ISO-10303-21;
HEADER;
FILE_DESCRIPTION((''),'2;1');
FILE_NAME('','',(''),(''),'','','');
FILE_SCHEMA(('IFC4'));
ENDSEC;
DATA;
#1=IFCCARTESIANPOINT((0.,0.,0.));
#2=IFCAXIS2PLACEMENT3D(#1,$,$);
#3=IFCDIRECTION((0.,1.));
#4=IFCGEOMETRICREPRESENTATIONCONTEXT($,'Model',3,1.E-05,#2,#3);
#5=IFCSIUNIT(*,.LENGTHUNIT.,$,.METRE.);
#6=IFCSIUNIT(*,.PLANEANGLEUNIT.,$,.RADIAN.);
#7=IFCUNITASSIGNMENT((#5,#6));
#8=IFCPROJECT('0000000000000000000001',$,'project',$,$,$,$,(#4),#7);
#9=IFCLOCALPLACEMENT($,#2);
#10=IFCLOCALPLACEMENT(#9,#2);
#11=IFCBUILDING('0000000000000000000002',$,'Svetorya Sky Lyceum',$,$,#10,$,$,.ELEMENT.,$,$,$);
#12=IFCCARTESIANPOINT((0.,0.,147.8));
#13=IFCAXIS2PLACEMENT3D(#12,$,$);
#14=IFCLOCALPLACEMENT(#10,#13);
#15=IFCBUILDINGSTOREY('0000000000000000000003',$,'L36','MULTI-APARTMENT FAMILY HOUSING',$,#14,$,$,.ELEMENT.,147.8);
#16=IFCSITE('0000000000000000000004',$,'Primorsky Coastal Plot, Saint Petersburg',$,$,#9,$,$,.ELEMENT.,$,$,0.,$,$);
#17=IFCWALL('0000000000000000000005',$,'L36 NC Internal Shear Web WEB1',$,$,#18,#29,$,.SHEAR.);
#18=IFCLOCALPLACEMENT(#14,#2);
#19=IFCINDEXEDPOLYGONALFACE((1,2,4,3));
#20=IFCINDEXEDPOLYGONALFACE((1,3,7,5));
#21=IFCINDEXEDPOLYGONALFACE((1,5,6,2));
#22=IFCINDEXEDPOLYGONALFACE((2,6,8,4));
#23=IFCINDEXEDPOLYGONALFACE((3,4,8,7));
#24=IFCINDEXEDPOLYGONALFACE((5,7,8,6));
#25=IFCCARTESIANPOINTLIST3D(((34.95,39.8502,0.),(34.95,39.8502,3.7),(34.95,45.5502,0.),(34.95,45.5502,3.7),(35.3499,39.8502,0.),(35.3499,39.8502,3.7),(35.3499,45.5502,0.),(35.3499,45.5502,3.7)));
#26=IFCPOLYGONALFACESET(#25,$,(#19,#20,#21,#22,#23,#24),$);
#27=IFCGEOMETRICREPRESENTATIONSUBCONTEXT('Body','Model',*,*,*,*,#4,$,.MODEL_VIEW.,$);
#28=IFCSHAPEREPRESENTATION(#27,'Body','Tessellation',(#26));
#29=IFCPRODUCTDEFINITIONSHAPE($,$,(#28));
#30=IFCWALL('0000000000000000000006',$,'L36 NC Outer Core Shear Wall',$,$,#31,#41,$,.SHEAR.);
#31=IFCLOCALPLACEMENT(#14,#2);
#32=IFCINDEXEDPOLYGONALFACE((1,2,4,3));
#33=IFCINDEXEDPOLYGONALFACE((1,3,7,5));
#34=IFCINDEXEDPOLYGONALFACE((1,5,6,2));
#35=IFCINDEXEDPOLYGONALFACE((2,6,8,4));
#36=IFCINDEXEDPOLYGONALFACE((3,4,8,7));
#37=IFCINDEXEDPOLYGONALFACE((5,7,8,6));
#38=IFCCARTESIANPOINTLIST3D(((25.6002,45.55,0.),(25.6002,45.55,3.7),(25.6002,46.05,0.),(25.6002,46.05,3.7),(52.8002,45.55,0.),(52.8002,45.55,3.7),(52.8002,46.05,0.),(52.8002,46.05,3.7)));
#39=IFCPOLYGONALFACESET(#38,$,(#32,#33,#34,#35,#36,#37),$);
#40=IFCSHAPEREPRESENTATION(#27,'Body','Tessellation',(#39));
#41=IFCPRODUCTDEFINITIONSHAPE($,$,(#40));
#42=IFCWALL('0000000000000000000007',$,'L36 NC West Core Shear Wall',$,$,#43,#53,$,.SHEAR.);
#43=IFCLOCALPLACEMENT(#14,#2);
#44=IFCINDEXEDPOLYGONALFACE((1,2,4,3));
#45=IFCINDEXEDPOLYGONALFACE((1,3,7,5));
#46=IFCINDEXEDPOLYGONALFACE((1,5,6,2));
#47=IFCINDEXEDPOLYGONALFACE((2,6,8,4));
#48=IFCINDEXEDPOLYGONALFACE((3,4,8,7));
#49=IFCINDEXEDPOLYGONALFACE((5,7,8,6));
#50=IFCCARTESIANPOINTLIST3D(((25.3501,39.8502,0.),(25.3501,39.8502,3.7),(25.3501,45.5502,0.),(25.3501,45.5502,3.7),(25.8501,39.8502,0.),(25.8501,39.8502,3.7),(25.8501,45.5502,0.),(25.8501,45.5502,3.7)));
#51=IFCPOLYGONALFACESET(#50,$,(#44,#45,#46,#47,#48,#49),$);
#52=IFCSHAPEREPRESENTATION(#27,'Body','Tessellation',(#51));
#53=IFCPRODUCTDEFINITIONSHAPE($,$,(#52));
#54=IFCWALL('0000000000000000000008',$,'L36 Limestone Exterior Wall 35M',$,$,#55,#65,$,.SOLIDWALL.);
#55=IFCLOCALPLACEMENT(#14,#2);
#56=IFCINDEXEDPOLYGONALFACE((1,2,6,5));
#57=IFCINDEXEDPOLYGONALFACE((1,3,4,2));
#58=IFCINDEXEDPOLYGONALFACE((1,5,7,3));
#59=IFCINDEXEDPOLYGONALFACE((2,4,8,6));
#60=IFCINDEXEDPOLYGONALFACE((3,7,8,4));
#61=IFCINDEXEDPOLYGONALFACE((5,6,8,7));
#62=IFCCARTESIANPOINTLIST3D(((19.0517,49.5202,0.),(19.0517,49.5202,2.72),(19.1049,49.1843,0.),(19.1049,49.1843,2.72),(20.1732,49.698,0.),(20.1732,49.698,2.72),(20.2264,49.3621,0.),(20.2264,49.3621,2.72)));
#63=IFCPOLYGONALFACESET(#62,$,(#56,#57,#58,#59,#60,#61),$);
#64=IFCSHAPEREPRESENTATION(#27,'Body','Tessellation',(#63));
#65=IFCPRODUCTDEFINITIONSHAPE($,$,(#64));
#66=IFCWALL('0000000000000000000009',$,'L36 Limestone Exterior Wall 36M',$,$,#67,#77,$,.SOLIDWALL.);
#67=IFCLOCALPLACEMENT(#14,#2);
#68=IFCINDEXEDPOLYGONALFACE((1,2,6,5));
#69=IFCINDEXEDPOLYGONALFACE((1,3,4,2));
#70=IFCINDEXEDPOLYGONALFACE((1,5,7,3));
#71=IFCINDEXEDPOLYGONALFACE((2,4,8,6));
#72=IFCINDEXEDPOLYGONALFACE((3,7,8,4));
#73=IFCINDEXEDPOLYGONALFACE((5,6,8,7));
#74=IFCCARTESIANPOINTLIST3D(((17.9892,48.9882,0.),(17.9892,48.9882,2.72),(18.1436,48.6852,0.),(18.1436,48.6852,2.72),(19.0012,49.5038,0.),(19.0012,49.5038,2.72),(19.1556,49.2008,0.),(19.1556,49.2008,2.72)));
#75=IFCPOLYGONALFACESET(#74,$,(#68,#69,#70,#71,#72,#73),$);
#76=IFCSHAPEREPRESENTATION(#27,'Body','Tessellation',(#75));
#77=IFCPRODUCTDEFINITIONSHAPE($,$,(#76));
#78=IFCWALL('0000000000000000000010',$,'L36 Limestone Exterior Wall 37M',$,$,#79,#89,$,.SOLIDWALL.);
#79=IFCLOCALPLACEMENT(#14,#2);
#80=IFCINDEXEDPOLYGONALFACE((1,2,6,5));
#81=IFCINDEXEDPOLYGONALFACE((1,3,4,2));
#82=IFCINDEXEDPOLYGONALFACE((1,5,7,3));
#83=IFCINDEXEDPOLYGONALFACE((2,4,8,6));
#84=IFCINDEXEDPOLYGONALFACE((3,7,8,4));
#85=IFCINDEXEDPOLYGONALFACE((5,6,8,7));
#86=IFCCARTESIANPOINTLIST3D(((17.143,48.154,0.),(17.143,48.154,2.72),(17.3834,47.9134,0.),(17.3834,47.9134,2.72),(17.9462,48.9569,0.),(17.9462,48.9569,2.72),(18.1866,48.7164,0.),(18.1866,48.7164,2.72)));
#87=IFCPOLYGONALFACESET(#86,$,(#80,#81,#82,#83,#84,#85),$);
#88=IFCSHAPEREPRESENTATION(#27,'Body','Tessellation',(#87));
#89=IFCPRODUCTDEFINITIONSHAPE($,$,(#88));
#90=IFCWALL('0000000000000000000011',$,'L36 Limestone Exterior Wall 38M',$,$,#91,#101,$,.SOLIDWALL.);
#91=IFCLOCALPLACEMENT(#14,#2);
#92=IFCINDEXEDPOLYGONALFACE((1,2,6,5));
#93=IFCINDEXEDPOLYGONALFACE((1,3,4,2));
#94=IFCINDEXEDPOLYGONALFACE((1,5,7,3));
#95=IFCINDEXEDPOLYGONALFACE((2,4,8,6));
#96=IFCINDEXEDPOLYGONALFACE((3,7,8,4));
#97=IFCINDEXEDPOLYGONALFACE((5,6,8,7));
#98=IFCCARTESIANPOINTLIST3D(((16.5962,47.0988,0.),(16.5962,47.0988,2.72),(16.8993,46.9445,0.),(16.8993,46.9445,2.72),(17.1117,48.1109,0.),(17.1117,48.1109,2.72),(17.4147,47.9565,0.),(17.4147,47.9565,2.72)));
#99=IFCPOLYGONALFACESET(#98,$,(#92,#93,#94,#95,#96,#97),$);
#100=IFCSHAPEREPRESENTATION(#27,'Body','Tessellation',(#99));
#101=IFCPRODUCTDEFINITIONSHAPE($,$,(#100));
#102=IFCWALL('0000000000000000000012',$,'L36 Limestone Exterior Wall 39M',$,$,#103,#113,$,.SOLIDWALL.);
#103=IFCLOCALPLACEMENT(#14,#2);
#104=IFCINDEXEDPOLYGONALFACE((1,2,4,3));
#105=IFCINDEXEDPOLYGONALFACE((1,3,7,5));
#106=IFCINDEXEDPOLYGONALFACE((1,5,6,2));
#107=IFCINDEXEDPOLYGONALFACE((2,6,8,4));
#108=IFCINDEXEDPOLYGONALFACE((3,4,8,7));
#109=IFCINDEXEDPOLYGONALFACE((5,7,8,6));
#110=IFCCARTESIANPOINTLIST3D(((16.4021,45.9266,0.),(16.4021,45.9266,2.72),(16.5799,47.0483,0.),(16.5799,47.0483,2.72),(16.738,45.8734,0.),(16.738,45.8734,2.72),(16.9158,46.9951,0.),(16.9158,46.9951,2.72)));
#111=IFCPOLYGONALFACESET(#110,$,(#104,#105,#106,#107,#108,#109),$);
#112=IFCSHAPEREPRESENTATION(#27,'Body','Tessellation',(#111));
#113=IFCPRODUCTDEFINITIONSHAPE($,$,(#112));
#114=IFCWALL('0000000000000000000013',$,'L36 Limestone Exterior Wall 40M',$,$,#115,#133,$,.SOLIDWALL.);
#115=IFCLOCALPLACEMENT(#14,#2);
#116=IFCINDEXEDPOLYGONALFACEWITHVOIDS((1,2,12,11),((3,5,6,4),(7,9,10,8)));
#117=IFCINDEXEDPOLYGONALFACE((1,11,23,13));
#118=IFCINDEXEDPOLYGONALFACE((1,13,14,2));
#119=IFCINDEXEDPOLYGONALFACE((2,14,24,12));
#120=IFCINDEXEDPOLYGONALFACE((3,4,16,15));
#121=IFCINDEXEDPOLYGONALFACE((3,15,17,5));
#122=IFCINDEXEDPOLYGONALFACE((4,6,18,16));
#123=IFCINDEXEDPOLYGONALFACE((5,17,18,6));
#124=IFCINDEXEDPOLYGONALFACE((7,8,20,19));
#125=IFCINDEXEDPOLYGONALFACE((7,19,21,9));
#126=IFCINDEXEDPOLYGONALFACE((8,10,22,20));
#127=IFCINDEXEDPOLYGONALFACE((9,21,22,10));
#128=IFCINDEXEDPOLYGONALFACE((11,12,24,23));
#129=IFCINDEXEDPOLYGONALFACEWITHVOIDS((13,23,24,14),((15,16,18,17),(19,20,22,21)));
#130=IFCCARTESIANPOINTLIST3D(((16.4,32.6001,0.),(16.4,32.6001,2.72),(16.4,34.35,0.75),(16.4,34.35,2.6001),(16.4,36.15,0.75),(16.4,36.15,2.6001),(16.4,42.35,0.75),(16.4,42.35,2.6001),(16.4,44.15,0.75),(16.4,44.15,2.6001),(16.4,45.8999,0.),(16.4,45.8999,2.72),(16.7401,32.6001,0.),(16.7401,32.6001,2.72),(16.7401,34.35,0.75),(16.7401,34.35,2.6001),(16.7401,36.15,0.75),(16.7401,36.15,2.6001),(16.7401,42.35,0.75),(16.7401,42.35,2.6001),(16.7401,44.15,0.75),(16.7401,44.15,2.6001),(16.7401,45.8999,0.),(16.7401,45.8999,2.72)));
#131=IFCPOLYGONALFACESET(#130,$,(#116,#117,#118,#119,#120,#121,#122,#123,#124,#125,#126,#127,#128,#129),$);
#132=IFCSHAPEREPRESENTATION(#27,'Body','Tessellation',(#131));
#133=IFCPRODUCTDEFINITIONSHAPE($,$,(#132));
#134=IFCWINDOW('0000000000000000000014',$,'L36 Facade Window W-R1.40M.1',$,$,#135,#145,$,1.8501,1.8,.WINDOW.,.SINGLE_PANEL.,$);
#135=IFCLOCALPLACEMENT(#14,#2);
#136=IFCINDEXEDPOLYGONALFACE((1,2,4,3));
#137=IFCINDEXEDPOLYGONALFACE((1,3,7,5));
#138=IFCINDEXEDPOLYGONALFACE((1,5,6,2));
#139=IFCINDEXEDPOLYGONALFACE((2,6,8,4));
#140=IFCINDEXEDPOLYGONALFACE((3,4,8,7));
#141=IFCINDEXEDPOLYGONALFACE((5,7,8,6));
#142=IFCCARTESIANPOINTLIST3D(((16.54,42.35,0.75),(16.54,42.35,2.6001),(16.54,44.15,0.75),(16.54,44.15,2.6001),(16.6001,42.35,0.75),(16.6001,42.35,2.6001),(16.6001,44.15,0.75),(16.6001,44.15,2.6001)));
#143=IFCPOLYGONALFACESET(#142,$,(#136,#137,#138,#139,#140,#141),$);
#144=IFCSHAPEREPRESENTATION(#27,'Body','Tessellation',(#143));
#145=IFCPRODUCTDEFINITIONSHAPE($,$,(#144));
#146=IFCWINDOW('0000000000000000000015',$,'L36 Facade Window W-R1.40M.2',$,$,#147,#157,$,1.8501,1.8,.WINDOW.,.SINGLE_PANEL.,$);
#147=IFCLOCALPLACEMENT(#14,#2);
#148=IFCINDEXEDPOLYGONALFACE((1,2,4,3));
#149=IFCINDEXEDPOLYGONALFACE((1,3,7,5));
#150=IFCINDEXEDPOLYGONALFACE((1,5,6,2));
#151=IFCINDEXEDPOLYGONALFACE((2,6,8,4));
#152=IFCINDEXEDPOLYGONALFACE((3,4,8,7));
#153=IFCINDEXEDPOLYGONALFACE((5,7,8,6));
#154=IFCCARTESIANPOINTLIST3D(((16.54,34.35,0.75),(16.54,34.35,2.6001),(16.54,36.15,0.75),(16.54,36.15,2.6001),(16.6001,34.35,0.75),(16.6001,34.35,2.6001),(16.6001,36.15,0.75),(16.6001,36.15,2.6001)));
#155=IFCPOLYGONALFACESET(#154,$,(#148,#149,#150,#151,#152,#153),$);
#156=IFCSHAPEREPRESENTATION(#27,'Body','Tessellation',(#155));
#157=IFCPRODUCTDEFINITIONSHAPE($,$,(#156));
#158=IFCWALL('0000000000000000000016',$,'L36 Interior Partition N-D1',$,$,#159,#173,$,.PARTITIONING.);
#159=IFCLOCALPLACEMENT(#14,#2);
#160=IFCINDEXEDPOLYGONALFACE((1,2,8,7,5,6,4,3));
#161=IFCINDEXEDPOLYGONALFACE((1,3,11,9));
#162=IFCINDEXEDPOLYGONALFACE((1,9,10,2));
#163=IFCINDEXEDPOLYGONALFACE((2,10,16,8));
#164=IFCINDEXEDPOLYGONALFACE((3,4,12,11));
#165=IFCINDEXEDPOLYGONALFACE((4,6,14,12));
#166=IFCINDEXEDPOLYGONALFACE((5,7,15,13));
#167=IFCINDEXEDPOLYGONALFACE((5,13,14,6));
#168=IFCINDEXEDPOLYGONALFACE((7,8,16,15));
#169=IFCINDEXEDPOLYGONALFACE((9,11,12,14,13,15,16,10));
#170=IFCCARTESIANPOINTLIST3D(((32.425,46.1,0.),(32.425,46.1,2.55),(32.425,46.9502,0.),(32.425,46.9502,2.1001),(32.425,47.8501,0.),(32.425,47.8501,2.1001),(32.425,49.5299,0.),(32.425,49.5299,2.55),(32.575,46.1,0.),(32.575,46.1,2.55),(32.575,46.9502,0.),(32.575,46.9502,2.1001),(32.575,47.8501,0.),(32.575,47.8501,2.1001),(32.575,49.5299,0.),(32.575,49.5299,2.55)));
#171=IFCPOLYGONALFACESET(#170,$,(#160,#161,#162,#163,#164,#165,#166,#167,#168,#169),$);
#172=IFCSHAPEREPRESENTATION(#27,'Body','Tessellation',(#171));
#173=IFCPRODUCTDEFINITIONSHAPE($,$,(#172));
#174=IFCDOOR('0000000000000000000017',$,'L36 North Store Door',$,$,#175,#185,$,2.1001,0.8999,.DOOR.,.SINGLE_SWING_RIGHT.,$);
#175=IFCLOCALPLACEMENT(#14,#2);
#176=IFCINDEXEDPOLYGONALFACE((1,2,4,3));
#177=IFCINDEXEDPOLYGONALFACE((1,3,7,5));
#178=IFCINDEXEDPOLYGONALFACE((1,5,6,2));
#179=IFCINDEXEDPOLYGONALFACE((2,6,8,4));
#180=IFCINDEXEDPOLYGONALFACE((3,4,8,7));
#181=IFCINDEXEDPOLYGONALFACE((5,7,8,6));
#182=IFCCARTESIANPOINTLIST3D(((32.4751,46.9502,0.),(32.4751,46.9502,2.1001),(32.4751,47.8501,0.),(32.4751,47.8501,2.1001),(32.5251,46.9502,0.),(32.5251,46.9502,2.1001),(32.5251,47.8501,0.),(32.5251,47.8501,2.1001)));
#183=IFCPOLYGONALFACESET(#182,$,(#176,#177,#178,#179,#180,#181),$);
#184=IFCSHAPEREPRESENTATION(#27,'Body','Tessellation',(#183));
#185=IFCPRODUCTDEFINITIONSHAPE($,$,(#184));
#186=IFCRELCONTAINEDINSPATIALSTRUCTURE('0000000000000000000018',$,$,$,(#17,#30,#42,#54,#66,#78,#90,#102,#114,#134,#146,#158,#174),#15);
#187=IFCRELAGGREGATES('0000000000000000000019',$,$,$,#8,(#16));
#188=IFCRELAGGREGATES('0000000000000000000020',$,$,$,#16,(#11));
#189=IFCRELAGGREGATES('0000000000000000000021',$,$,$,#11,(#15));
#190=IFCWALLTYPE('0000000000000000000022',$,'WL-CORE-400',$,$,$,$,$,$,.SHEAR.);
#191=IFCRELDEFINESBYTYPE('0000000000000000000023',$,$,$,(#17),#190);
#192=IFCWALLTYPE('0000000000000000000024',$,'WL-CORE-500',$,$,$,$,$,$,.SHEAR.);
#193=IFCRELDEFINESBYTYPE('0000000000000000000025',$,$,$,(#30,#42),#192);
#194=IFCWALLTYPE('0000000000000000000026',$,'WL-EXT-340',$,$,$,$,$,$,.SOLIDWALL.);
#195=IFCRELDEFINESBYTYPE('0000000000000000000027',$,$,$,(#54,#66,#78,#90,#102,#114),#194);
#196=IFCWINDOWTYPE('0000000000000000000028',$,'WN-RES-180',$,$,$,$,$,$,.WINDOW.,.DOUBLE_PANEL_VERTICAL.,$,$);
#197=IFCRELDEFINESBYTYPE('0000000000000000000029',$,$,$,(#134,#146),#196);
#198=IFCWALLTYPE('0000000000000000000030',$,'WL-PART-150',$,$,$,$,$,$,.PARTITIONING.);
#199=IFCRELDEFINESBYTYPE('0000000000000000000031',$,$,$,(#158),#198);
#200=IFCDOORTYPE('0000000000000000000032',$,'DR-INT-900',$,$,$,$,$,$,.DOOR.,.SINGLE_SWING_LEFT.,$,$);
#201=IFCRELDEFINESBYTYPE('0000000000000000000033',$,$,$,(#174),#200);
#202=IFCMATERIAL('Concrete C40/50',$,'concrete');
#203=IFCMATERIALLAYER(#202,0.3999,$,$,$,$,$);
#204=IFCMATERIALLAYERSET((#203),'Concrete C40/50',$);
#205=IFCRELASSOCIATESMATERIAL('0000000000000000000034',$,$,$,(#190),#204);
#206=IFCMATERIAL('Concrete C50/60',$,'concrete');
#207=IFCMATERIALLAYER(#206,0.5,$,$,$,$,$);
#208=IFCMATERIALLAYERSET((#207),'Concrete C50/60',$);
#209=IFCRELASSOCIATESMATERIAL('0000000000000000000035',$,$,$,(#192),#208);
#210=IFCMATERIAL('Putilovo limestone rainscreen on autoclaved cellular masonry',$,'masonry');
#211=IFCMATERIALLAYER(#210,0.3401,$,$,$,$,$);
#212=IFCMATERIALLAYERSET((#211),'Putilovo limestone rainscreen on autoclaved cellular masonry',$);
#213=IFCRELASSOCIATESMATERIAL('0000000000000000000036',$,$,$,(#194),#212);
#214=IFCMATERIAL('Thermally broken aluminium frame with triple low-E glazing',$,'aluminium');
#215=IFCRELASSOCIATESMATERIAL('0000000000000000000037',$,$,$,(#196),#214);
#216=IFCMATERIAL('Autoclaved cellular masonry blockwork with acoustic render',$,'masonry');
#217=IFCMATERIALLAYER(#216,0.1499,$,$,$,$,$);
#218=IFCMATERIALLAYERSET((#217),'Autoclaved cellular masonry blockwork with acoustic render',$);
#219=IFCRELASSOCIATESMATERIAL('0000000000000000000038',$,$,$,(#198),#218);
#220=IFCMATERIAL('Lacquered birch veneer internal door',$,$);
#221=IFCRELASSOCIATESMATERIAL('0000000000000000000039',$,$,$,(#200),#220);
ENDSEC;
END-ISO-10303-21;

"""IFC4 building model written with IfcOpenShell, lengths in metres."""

from ifc_helpers import new_model, si_unit, direction, frame, frame_2d, origin, place, context, subcontext, project, spatial, rectangle, extrude, material, layer, layer_set, type_object, element, fill, save


model = new_model("IFC4")

# Units and contexts
model_context = context("Model", 3, precision=1e-05, world=origin(), true_north=direction((0.0, 1.0)))
body_context = subcontext(model_context, "Body", "Model", "MODEL_VIEW")
ifc_project = project(units=[si_unit("LENGTHUNIT", "METRE"), si_unit("PLANEANGLEUNIT", "RADIAN")], contexts=[model_context])

# Site, building, storey
site_placement = place(None, origin())
site = spatial("IfcSite", under=ifc_project, at=site_placement, Name="Primorsky Coastal Plot, Saint Petersburg", CompositionType="ELEMENT", RefElevation=0.0)
building_placement = place(site_placement, origin())
building = spatial("IfcBuilding", under=site, at=building_placement, Name="Svetorya Sky Lyceum", CompositionType="ELEMENT")
storey_placement = place(building_placement, frame((0.0, 0.0, 147.8)))
storey = spatial("IfcBuildingStorey", under=building, at=storey_placement, Name="L36", Description="MULTI-APARTMENT FAMILY HOUSING", CompositionType="ELEMENT", Elevation=147.8)

# Shared definitions
ifc_material_1 = material(Name="Concrete C50/60", Category="concrete")

# Walls
ifc_material_2 = material(Name="Concrete C40/50", Category="concrete")
ifc_layer_1 = layer(ifc_material_2, 0.3999)
ifc_layer_set_1 = layer_set([ifc_layer_1], Name="Concrete C40/50")
wall_type_1 = type_object("IfcWallType", Name="WL-CORE-400", PredefinedType="SHEAR", material=ifc_layer_set_1)
wall_1_placement = place(storey_placement, frame((35.1499, 39.8501, 0.0), z_axis=(0.0, 0.0, 1.0), x_axis=(0.0, 1.0, 0.0)))
element("IfcWall", 1, at=wall_1_placement, inside=storey, type_object=wall_type_1, Name="L36 NC Internal Shear Web WEB1", PredefinedType="SHEAR", context=body_context, shape_type="SweptSolid", body=[
    extrude(rectangle(XDim=5.7, YDim=0.3999, at=frame_2d((2.8501, 0.0))), origin(), (0.0, 0.0, 1.0), 3.7),
])
ifc_layer_2 = layer(ifc_material_1, 0.5)
ifc_layer_set_2 = layer_set([ifc_layer_2], Name="Concrete C50/60")
wall_type_2 = type_object("IfcWallType", Name="WL-CORE-500", PredefinedType="SHEAR", material=ifc_layer_set_2)
wall_2_placement = place(storey_placement, frame((25.6001, 45.8, 0.0), z_axis=(0.0, 0.0, 1.0), x_axis=(1.0, 0.0, 0.0)))
element("IfcWall", 2, at=wall_2_placement, inside=storey, type_object=wall_type_2, Name="L36 NC Outer Core Shear Wall", PredefinedType="SHEAR", context=body_context, shape_type="SweptSolid", body=[
    extrude(rectangle(XDim=27.2, YDim=0.5, at=frame_2d((13.6001, 0.0))), origin(), (0.0, 0.0, 1.0), 3.7),
])
wall_3_placement = place(storey_placement, frame((25.6001, 39.8501, 0.0), z_axis=(0.0, 0.0, 1.0), x_axis=(0.0, 1.0, 0.0)))
element("IfcWall", 3, at=wall_3_placement, inside=storey, type_object=wall_type_2, Name="L36 NC West Core Shear Wall", PredefinedType="SHEAR", context=body_context, shape_type="SweptSolid", body=[
    extrude(rectangle(XDim=5.7, YDim=0.5, at=frame_2d((2.8501, 0.0))), origin(), (0.0, 0.0, 1.0), 3.7),
])
ifc_material_3 = material(Name="Putilovo limestone rainscreen on autoclaved cellular masonry", Category="masonry")
ifc_layer_3 = layer(ifc_material_3, 0.3401)
ifc_layer_set_3 = layer_set([ifc_layer_3], Name="Putilovo limestone rainscreen on autoclaved cellular masonry")
wall_type_3 = type_object("IfcWallType", Name="WL-EXT-340", PredefinedType="SOLIDWALL", material=ifc_layer_set_3)
wall_4_placement = place(storey_placement, frame((20.2, 49.53, 0.0), z_axis=(0.0, 0.0, 1.0), x_axis=(-0.987676, -0.156515, 0.0)))
element("IfcWall", 4, at=wall_4_placement, inside=storey, type_object=wall_type_3, Name="L36 Limestone Exterior Wall 35M", PredefinedType="SOLIDWALL", context=body_context, shape_type="SweptSolid", body=[
    extrude(rectangle(XDim=1.1355, YDim=0.3401, at=frame_2d((0.5679, 0.0))), origin(), (0.0, 0.0, 1.0), 2.72),
])
for number, where, z_axis, x_axis, name in (
    (5, (19.0784, 49.3523, 0.0), (0.0, 0.0, 1.0), (-0.891005, -0.453993, 0.0), "L36 Limestone Exterior Wall 36M"),
    (6, (18.0664, 48.8367, 0.0), (0.0, 0.0, 1.0), (-0.707214, -0.706999, 0.0), "L36 Limestone Exterior Wall 37M"),
    (7, (17.2632, 48.0337, 0.0), (0.0, 0.0, 1.0), (-0.453823, -0.891092, 0.0), "L36 Limestone Exterior Wall 38M"),
    (8, (16.7478, 47.0217, 0.0), (0.0, 0.0, 1.0), (-0.156481, -0.987681, 0.0), "L36 Limestone Exterior Wall 39M"),
):
    element("IfcWall", number, at=place(storey_placement, frame(where, z_axis=z_axis, x_axis=x_axis)), inside=storey, type_object=wall_type_3, Name=name, PredefinedType="SOLIDWALL", context=body_context, shape_type="SweptSolid", body=[
        extrude(rectangle(XDim=1.1357, YDim=0.3401, at=frame_2d((0.5679, 0.0))), origin(), (0.0, 0.0, 1.0), 2.72),
    ])

# Wall, openings, windows
wall_5_placement = place(storey_placement, frame((16.5701, 45.8999, 0.0), z_axis=(0.0, 0.0, 1.0), x_axis=(0.0, -1.0, 0.0)))
wall_5 = element("IfcWall", 9, at=wall_5_placement, inside=storey, type_object=wall_type_3, Name="L36 Limestone Exterior Wall 40M", PredefinedType="SOLIDWALL", context=body_context, shape_type="SweptSolid", body=[
    extrude(rectangle(XDim=13.2998, YDim=0.3401, at=frame_2d((6.6499, 0.0))), origin(), (0.0, 0.0, 1.0), 2.72),
])
opening_1_placement = place(wall_5_placement, frame((1.75, 0.0, 0.75)))
opening_1 = element("IfcOpeningElement", 10, at=opening_1_placement, cuts=wall_5, PredefinedType="OPENING", context=body_context, shape_type="SweptSolid", body=[
    extrude(rectangle(XDim=1.8, YDim=1.8501, at=frame_2d((0.8999, 0.925))), frame((0.0, 0.1799, 0.0), z_axis=(0.0, -1.0, 0.0), x_axis=(1.0, 0.0, 0.0)), (0.0, 0.0, 1.0), 0.3601),
])
opening_2_placement = place(wall_5_placement, frame((9.75, 0.0, 0.75)))
opening_2 = element("IfcOpeningElement", 11, at=opening_2_placement, cuts=wall_5, PredefinedType="OPENING", context=body_context, shape_type="SweptSolid", body=[
    extrude(rectangle(XDim=1.8, YDim=1.8501, at=frame_2d((0.8999, 0.925))), frame((0.0, 0.1799, 0.0), z_axis=(0.0, -1.0, 0.0), x_axis=(1.0, 0.0, 0.0)), (0.0, 0.0, 1.0), 0.3601),
])
ifc_material_4 = material(Name="Thermally broken aluminium frame with triple low-E glazing", Category="aluminium")
window_type = type_object("IfcWindowType", Name="WN-RES-180", PartitioningType="DOUBLE_PANEL_VERTICAL", PredefinedType="WINDOW", material=ifc_material_4)
window_1_placement = place(opening_1_placement, origin())
window_1 = element("IfcWindow", 12, at=window_1_placement, inside=storey, type_object=window_type, Name="L36 Facade Window W-R1.40M.1", OverallHeight=1.8501, OverallWidth=1.8, PartitioningType="SINGLE_PANEL", PredefinedType="WINDOW", context=body_context, shape_type="SweptSolid", body=[
    extrude(rectangle(XDim=1.8, YDim=1.8501, at=frame_2d((0.8999, 0.925))), frame((0.0, 0.03, 0.0), z_axis=(0.0, -1.0, 0.0), x_axis=(1.0, 0.0, 0.0)), (0.0, 0.0, 1.0), 0.0601),
])
fill(opening_1, window_1)
window_2_placement = place(opening_2_placement, origin())
window_2 = element("IfcWindow", 13, at=window_2_placement, inside=storey, type_object=window_type, Name="L36 Facade Window W-R1.40M.2", OverallHeight=1.8501, OverallWidth=1.8, PartitioningType="SINGLE_PANEL", PredefinedType="WINDOW", context=body_context, shape_type="SweptSolid", body=[
    extrude(rectangle(XDim=1.8, YDim=1.8501, at=frame_2d((0.8999, 0.925))), frame((0.0, 0.03, 0.0), z_axis=(0.0, -1.0, 0.0), x_axis=(1.0, 0.0, 0.0)), (0.0, 0.0, 1.0), 0.0601),
])
fill(opening_2, window_2)

# Wall, opening, door
ifc_material_5 = material(Name="Autoclaved cellular masonry blockwork with acoustic render", Category="masonry")
ifc_layer_4 = layer(ifc_material_5, 0.1499)
ifc_layer_set_4 = layer_set([ifc_layer_4], Name="Autoclaved cellular masonry blockwork with acoustic render")
wall_type_4 = type_object("IfcWallType", Name="WL-PART-150", PredefinedType="PARTITIONING", material=ifc_layer_set_4)
wall_6_placement = place(storey_placement, frame((32.5, 46.1001, 0.0), z_axis=(0.0, 0.0, 1.0), x_axis=(0.0, 1.0, 0.0)))
wall_6 = element("IfcWall", 14, at=wall_6_placement, inside=storey, type_object=wall_type_4, Name="L36 Interior Partition N-D1", PredefinedType="PARTITIONING", context=body_context, shape_type="SweptSolid", body=[
    extrude(rectangle(XDim=3.4299, YDim=0.1499, at=frame_2d((1.7148, 0.0))), origin(), (0.0, 0.0, 1.0), 2.55),
])
opening_3_placement = place(wall_6_placement, frame((0.8501, 0.0, 0.0)))
opening_3 = element("IfcOpeningElement", 15, at=opening_3_placement, cuts=wall_6, PredefinedType="OPENING", context=body_context, shape_type="SweptSolid", body=[
    extrude(rectangle(XDim=0.8999, YDim=2.1001, at=frame_2d((0.45, 1.05))), frame((0.0, 0.085, 0.0), z_axis=(0.0, -1.0, 0.0), x_axis=(1.0, 0.0, 0.0)), (0.0, 0.0, 1.0), 0.1699),
])
ifc_material_6 = material(Name="Lacquered birch veneer internal door")
door_type = type_object("IfcDoorType", Name="DR-INT-900", OperationType="SINGLE_SWING_LEFT", PredefinedType="DOOR", material=ifc_material_6)
door_1_placement = place(opening_3_placement, origin())
door_1 = element("IfcDoor", 16, at=door_1_placement, inside=storey, type_object=door_type, Name="L36 North Store Door", OperationType="SINGLE_SWING_RIGHT", OverallHeight=2.1001, OverallWidth=0.8999, PredefinedType="DOOR", context=body_context, shape_type="SweptSolid", body=[
    extrude(rectangle(XDim=0.8999, YDim=2.1001, at=frame_2d((0.45, 1.05))), frame((0.0, 0.0249, 0.0), z_axis=(0.0, -1.0, 0.0), x_axis=(1.0, 0.0, 0.0)), (0.0, 0.0, 1.0), 0.05),
])
fill(opening_3, door_1)

save(model, "model.ifc")
